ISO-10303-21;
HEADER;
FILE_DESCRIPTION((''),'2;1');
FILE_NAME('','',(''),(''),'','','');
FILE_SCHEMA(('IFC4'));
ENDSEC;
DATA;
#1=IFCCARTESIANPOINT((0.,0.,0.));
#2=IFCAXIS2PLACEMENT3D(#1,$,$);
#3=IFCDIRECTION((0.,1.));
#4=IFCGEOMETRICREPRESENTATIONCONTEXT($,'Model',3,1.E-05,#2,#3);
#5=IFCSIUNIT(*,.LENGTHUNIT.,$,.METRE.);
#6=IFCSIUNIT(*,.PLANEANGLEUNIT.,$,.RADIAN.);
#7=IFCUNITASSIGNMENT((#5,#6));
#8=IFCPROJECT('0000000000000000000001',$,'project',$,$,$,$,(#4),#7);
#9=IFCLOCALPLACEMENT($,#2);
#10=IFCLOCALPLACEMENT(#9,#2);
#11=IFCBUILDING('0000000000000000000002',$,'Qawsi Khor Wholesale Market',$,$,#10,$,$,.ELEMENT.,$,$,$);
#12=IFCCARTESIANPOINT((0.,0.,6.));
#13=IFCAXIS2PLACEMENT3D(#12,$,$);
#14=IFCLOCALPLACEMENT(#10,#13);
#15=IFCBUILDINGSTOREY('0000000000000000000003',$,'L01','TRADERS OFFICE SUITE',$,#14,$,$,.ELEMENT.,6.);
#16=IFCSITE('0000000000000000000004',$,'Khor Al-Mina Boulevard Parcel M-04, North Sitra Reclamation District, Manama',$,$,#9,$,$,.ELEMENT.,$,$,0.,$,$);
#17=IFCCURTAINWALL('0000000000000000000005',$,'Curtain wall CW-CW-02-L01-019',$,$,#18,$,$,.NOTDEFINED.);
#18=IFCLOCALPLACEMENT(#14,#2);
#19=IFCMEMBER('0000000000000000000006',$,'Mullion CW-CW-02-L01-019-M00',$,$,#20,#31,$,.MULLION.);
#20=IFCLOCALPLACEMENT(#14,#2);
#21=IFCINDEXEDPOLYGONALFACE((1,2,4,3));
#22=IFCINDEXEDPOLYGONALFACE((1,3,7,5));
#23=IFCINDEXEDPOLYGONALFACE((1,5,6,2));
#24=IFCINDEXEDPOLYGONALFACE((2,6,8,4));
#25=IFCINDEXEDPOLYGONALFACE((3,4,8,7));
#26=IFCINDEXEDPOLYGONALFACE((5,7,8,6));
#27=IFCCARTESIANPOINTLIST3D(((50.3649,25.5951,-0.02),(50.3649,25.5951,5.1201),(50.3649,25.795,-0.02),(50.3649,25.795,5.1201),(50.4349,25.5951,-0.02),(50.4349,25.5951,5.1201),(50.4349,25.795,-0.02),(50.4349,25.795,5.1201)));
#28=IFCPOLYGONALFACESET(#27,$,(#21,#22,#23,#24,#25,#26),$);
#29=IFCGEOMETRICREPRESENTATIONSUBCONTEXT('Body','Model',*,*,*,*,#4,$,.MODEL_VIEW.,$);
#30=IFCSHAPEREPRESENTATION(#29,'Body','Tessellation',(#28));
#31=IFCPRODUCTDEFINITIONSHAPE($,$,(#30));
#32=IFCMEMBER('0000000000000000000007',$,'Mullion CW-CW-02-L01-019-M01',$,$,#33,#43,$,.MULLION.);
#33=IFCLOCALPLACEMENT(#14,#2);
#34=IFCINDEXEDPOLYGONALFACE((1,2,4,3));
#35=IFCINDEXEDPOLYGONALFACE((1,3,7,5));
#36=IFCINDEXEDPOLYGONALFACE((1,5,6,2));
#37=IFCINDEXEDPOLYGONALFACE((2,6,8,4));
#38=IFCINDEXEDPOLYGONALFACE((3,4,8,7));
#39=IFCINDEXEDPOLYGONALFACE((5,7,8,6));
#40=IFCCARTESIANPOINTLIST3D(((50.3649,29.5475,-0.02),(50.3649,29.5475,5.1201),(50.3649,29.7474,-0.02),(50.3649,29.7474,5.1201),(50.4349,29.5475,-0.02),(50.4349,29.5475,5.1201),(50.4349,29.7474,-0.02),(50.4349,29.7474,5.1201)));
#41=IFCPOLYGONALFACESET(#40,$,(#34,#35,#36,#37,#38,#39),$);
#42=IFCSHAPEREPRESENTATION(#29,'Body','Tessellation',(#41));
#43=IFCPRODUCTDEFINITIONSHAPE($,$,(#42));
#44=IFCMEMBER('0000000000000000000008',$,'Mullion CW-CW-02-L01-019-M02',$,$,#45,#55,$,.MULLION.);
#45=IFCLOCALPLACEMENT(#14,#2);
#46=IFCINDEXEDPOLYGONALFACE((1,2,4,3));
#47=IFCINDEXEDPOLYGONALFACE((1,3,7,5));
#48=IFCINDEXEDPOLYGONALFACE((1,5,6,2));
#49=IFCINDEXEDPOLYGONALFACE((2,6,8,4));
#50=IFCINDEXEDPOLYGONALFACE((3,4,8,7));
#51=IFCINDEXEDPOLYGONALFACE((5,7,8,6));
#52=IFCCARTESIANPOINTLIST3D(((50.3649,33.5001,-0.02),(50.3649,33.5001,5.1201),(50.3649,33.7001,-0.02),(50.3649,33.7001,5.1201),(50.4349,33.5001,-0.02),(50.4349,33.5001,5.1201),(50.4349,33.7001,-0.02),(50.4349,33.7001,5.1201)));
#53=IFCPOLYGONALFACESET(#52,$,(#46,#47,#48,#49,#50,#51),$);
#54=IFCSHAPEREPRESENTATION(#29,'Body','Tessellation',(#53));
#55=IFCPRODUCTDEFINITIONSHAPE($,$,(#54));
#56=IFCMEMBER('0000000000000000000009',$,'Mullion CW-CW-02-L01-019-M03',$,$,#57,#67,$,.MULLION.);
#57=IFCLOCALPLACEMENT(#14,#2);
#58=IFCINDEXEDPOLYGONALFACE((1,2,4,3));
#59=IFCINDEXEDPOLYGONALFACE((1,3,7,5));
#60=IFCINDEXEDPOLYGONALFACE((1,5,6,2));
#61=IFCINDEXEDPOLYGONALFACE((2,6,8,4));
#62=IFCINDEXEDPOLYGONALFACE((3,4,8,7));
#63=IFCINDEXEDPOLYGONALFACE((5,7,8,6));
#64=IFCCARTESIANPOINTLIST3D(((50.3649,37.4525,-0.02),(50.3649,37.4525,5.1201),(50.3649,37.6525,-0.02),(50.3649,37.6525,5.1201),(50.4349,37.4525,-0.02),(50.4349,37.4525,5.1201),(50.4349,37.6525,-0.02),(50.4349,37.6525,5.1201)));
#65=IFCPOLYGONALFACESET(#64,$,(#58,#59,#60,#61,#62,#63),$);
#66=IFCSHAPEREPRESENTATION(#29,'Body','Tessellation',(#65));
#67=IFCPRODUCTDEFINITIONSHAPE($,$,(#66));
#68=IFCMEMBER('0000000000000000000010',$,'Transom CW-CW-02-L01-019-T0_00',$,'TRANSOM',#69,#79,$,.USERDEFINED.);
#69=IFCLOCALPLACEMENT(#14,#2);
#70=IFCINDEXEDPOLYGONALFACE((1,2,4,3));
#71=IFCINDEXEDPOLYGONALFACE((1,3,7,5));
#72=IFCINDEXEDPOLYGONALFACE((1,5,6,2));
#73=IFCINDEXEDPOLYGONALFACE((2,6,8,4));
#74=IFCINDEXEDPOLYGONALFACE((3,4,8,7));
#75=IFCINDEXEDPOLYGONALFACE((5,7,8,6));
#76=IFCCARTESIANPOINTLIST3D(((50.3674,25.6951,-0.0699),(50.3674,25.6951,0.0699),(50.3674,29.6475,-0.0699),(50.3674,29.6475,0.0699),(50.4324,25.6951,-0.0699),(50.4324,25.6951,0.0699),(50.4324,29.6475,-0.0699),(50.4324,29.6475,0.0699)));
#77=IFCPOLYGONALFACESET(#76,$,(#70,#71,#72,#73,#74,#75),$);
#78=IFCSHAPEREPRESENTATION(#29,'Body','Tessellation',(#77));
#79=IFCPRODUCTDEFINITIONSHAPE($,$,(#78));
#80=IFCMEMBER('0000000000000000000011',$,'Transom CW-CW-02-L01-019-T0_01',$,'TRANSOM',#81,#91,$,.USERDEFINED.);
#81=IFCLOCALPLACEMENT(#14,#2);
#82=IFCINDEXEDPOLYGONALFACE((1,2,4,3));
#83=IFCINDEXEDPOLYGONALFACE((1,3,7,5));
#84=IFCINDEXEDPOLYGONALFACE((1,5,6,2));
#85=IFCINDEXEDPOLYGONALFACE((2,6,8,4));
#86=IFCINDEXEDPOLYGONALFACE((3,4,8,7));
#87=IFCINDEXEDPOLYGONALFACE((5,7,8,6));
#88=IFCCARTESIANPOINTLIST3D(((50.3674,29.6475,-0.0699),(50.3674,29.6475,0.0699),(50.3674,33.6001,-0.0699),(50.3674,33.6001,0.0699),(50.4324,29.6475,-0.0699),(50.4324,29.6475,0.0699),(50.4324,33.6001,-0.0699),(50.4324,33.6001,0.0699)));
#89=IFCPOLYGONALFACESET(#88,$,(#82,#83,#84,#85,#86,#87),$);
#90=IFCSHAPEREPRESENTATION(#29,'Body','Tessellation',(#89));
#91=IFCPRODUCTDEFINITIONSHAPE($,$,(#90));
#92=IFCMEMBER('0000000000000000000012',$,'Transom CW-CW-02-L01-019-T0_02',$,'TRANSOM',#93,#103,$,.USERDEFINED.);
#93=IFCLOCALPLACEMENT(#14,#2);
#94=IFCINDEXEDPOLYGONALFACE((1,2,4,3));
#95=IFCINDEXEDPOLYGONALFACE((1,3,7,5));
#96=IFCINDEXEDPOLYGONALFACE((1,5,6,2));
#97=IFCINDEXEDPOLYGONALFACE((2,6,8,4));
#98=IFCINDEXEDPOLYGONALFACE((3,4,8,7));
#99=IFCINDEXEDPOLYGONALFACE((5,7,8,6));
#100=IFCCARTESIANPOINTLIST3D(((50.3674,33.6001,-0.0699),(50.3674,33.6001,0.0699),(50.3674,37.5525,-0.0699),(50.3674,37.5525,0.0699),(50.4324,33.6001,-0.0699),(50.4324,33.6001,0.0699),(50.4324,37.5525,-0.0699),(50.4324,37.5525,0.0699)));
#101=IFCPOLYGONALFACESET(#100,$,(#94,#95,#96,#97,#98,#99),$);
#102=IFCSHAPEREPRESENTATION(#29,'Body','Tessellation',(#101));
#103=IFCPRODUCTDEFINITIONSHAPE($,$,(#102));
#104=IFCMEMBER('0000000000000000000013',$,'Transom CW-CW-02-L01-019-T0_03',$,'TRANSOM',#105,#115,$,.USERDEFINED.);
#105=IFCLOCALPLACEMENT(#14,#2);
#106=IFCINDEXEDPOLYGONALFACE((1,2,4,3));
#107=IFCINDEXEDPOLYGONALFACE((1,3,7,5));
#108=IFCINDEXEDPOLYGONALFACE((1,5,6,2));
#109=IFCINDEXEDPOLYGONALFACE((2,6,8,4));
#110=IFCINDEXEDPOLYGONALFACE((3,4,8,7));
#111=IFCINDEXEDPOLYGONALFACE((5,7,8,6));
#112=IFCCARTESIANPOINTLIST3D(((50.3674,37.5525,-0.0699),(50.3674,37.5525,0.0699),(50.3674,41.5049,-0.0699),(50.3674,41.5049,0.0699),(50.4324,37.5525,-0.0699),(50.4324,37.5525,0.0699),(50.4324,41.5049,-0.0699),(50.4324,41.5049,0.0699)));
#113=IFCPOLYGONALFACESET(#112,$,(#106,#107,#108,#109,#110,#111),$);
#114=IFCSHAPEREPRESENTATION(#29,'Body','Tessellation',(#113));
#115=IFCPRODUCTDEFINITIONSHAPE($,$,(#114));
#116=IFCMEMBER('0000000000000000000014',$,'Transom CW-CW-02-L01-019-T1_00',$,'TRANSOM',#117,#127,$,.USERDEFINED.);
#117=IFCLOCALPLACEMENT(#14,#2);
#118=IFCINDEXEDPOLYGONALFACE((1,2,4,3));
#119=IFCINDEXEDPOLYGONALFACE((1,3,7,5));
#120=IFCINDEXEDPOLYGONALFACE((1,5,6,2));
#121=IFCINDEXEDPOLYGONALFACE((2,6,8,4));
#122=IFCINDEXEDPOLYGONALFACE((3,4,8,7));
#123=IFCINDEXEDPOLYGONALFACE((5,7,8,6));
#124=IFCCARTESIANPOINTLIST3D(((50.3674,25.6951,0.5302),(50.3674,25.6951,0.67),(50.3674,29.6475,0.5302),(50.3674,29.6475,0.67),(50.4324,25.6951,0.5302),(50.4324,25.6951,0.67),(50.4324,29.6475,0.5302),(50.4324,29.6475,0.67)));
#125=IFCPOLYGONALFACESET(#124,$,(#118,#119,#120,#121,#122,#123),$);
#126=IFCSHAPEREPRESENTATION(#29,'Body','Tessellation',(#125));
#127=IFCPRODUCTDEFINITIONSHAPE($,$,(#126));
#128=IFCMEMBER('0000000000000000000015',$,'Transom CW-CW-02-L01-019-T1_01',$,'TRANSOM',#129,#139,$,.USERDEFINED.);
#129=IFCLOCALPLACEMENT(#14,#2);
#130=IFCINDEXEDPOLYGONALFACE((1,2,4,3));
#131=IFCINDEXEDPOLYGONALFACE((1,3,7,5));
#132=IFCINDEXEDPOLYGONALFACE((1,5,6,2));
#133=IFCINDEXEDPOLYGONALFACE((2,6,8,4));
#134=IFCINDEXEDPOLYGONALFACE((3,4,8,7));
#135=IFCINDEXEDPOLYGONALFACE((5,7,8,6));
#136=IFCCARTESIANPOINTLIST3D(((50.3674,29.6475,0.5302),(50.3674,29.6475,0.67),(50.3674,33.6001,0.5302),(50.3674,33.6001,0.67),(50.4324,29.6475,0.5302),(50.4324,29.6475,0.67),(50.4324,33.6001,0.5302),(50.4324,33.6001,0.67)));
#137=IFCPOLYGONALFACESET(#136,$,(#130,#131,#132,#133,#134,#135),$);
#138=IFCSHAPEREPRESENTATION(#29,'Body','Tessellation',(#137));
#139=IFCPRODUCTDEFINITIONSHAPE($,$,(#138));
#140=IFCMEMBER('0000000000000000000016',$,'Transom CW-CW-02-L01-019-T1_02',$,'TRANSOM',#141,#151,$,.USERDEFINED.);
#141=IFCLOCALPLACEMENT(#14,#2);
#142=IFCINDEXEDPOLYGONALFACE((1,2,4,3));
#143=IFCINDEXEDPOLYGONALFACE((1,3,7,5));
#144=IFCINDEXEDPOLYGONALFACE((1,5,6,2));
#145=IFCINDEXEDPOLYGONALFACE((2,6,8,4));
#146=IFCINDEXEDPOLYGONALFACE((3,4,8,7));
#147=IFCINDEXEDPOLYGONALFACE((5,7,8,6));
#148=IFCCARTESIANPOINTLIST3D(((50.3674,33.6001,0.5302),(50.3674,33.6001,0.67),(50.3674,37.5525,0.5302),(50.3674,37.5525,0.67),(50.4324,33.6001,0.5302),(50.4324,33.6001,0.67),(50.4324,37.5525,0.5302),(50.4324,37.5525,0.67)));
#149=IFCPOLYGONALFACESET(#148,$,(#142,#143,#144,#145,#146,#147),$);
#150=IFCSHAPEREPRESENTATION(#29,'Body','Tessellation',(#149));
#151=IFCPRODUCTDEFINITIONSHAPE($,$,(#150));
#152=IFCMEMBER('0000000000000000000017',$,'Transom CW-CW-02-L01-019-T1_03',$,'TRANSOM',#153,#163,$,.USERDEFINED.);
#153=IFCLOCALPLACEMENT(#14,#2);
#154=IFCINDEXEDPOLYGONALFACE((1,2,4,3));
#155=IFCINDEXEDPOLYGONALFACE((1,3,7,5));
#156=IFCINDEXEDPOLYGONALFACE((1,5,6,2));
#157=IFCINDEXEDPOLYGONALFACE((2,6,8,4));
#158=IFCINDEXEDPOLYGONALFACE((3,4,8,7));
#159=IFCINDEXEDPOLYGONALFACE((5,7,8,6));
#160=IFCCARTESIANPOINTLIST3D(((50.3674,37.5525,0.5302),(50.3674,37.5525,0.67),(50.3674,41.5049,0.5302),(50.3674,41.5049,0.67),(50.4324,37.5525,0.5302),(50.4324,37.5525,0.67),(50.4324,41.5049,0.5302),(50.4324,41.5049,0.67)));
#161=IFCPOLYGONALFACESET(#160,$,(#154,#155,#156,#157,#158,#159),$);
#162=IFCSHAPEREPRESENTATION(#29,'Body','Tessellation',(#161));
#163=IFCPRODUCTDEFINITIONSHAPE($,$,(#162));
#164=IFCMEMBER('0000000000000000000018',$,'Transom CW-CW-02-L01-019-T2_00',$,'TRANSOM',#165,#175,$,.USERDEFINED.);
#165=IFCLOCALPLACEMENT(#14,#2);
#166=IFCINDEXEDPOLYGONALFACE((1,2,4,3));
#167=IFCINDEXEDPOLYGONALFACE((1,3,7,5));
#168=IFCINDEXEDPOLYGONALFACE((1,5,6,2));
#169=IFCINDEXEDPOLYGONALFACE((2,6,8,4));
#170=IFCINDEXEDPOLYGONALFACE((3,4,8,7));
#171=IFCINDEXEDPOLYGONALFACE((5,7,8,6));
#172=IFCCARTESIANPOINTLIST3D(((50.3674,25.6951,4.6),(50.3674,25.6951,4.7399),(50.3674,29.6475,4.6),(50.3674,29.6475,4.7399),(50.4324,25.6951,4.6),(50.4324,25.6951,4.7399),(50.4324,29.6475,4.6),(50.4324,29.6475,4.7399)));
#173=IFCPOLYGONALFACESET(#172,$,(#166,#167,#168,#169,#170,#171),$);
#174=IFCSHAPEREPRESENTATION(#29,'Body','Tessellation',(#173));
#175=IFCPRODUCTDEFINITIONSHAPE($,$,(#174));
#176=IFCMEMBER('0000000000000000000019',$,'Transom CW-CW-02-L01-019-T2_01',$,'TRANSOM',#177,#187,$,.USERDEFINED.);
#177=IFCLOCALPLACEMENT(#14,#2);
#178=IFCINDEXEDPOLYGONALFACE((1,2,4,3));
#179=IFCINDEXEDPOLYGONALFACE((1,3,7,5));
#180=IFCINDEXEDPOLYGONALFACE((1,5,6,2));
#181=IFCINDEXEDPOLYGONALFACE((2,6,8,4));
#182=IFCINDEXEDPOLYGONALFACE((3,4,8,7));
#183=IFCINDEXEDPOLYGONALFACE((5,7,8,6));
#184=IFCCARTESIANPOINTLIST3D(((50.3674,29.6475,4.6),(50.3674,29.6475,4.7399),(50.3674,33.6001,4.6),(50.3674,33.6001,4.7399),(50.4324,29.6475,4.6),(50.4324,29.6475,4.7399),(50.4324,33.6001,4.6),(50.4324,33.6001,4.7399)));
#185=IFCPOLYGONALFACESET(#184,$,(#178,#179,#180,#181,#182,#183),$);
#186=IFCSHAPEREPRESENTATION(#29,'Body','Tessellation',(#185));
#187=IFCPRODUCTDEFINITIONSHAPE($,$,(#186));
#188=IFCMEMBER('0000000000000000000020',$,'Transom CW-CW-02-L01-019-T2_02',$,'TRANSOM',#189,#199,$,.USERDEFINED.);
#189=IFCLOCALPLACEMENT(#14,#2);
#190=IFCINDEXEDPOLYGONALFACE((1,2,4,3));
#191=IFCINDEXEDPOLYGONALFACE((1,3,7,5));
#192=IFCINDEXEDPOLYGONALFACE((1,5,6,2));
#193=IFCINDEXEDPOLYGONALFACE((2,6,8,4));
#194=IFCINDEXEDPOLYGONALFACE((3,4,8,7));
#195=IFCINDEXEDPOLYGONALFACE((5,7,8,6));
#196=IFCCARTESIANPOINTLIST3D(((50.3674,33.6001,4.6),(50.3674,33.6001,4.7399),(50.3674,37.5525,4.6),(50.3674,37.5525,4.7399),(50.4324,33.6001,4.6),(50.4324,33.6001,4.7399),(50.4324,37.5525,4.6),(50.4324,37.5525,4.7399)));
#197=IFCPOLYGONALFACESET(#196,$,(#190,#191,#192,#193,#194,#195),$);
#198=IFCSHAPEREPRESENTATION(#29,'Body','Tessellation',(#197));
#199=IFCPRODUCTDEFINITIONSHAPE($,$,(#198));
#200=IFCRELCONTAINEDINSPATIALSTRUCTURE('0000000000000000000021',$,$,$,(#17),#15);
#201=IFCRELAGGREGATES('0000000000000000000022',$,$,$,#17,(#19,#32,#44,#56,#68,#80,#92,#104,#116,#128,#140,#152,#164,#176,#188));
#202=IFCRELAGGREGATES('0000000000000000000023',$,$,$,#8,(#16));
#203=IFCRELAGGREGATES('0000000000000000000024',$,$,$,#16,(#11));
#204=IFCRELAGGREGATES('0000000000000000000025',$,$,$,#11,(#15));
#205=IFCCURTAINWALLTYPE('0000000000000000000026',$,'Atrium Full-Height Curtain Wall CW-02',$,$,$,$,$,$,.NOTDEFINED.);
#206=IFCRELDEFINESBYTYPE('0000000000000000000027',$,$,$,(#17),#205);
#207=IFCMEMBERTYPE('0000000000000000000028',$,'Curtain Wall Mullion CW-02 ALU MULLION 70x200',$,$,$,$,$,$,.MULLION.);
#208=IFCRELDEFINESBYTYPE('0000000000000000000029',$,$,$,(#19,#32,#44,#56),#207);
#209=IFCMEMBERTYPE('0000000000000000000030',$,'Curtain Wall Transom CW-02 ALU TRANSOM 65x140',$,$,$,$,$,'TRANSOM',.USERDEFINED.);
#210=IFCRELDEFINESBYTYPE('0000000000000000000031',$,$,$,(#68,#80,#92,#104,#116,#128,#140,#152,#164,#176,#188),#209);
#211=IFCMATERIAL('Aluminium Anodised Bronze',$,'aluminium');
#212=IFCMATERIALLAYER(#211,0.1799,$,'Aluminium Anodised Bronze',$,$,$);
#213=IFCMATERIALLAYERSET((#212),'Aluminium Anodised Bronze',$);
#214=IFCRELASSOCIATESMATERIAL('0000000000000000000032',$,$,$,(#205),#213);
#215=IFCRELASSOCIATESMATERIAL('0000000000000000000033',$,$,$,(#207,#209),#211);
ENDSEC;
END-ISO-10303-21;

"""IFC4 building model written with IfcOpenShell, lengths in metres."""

from ifc_helpers import new_model, si_unit, direction, frame, origin, origin_2d, place, context, subcontext, project, spatial, rectangle, extrude, material, layer, layer_set, material_profile, profile_set, type_object, element, aggregate, save


model = new_model("IFC4")

# Units and contexts
model_context = context("Model", 3, precision=1e-05, world=origin(), true_north=direction((0.0, 1.0)))
body_context = subcontext(model_context, "Body", "Model", "MODEL_VIEW")
ifc_project = project(units=[si_unit("LENGTHUNIT", "METRE"), si_unit("PLANEANGLEUNIT", "RADIAN")], contexts=[model_context])

# Site, building, storey
site_placement = place(None, origin())
site = spatial("IfcSite", under=ifc_project, at=site_placement, Name="Khor Al-Mina Boulevard Parcel M-04, North Sitra Reclamation District, Manama", CompositionType="ELEMENT", RefElevation=0.0)
building_placement = place(site_placement, origin())
building = spatial("IfcBuilding", under=site, at=building_placement, Name="Qawsi Khor Wholesale Market", CompositionType="ELEMENT")
storey_placement = place(building_placement, frame((0.0, 0.0, 6.0)))
storey = spatial("IfcBuildingStorey", under=building, at=storey_placement, Name="L01", Description="TRADERS OFFICE SUITE", CompositionType="ELEMENT", Elevation=6.0)

# Curtain wall, members
ifc_material_1 = material(Name="Aluminium Anodised Bronze", Category="aluminium")
ifc_layer_1 = layer(ifc_material_1, 0.1799, Name="Aluminium Anodised Bronze")
ifc_layer_set_1 = layer_set([ifc_layer_1], Name="Aluminium Anodised Bronze")
curtain_wall_type = type_object("IfcCurtainWallType", Name="Atrium Full-Height Curtain Wall CW-02", PredefinedType="NOTDEFINED", material=ifc_layer_set_1)
curtain_wall_placement = place(storey_placement, origin())
curtain_wall = element("IfcCurtainWall", 1, at=curtain_wall_placement, inside=storey, type_object=curtain_wall_type, Name="Curtain wall CW-CW-02-L01-019", PredefinedType="NOTDEFINED")
ifc_material_profile_1 = material_profile(ifc_material_1, rectangle(XDim=0.0701, YDim=0.2, at=origin_2d()), Name="ALU MULLION 70x200")
ifc_profile_set_1 = profile_set([ifc_material_profile_1], Name="Aluminium Anodised Bronze")
member_type_1 = type_object("IfcMemberType", Name="Curtain Wall Mullion CW-02 ALU MULLION 70x200", PredefinedType="MULLION", material=ifc_profile_set_1)
member_1_placement = place(storey_placement, frame((50.3999, 25.6951, -0.02), z_axis=(0.0, 0.0, 1.0), x_axis=(1.0, 0.0, 0.0)))
member_1 = element("IfcMember", 2, at=member_1_placement, type_object=member_type_1, Name="Mullion CW-CW-02-L01-019-M00", PredefinedType="MULLION", context=body_context, shape_type="SweptSolid", body=[
    extrude(rectangle(XDim=0.0701, YDim=0.2, at=origin_2d()), origin(), (0.0, 0.0, 1.0), 5.1401),
])
member_2_placement = place(storey_placement, frame((50.3999, 29.6475, -0.02), z_axis=(0.0, 0.0, 1.0), x_axis=(1.0, 0.0, 0.0)))
member_2 = element("IfcMember", 3, at=member_2_placement, type_object=member_type_1, Name="Mullion CW-CW-02-L01-019-M01", PredefinedType="MULLION", context=body_context, shape_type="SweptSolid", body=[
    extrude(rectangle(XDim=0.0701, YDim=0.2, at=origin_2d()), origin(), (0.0, 0.0, 1.0), 5.1401),
])
member_3_placement = place(storey_placement, frame((50.3999, 33.6001, -0.02), z_axis=(0.0, 0.0, 1.0), x_axis=(1.0, 0.0, 0.0)))
member_3 = element("IfcMember", 4, at=member_3_placement, type_object=member_type_1, Name="Mullion CW-CW-02-L01-019-M02", PredefinedType="MULLION", context=body_context, shape_type="SweptSolid", body=[
    extrude(rectangle(XDim=0.0701, YDim=0.2, at=origin_2d()), origin(), (0.0, 0.0, 1.0), 5.1401),
])
member_4_placement = place(storey_placement, frame((50.3999, 37.5525, -0.02), z_axis=(0.0, 0.0, 1.0), x_axis=(1.0, 0.0, 0.0)))
member_4 = element("IfcMember", 5, at=member_4_placement, type_object=member_type_1, Name="Mullion CW-CW-02-L01-019-M03", PredefinedType="MULLION", context=body_context, shape_type="SweptSolid", body=[
    extrude(rectangle(XDim=0.0701, YDim=0.2, at=origin_2d()), origin(), (0.0, 0.0, 1.0), 5.1401),
])
ifc_material_profile_2 = material_profile(ifc_material_1, rectangle(XDim=0.0649, YDim=0.1399, at=origin_2d()), Name="ALU TRANSOM 65x140")
ifc_profile_set_2 = profile_set([ifc_material_profile_2], Name="Aluminium Anodised Bronze")
member_type_2 = type_object("IfcMemberType", Name="Curtain Wall Transom CW-02 ALU TRANSOM 65x140", ElementType="TRANSOM", PredefinedType="USERDEFINED", material=ifc_profile_set_2)
member_5_placement = place(storey_placement, frame((50.3999, 25.6951, 0.0), z_axis=(0.0, 1.0, 0.0), x_axis=(-1.0, 0.0, 0.0)))
member_5 = element("IfcMember", 6, at=member_5_placement, type_object=member_type_2, Name="Transom CW-CW-02-L01-019-T0_00", ObjectType="TRANSOM", PredefinedType="USERDEFINED", context=body_context, shape_type="SweptSolid", body=[
    extrude(rectangle(XDim=0.0649, YDim=0.1399, at=origin_2d()), origin(), (0.0, 0.0, 1.0), 3.9524),
])
member_6_placement = place(storey_placement, frame((50.3999, 29.6475, 0.0), z_axis=(0.0, 1.0, 0.0), x_axis=(-1.0, 0.0, 0.0)))
member_6 = element("IfcMember", 7, at=member_6_placement, type_object=member_type_2, Name="Transom CW-CW-02-L01-019-T0_01", ObjectType="TRANSOM", PredefinedType="USERDEFINED", context=body_context, shape_type="SweptSolid", body=[
    extrude(rectangle(XDim=0.0649, YDim=0.1399, at=origin_2d()), origin(), (0.0, 0.0, 1.0), 3.9526),
])
member_7_placement = place(storey_placement, frame((50.3999, 33.6001, 0.0), z_axis=(0.0, 1.0, 0.0), x_axis=(-1.0, 0.0, 0.0)))
member_7 = element("IfcMember", 8, at=member_7_placement, type_object=member_type_2, Name="Transom CW-CW-02-L01-019-T0_02", ObjectType="TRANSOM", PredefinedType="USERDEFINED", context=body_context, shape_type="SweptSolid", body=[
    extrude(rectangle(XDim=0.0649, YDim=0.1399, at=origin_2d()), origin(), (0.0, 0.0, 1.0), 3.9524),
])
member_8_placement = place(storey_placement, frame((50.3999, 37.5525, 0.0), z_axis=(0.0, 1.0, 0.0), x_axis=(-1.0, 0.0, 0.0)))
member_8 = element("IfcMember", 9, at=member_8_placement, type_object=member_type_2, Name="Transom CW-CW-02-L01-019-T0_03", ObjectType="TRANSOM", PredefinedType="USERDEFINED", context=body_context, shape_type="SweptSolid", body=[
    extrude(rectangle(XDim=0.0649, YDim=0.1399, at=origin_2d()), origin(), (0.0, 0.0, 1.0), 3.9524),
])
member_9_placement = place(storey_placement, frame((50.3999, 25.6951, 0.6001), z_axis=(0.0, 1.0, 0.0), x_axis=(-1.0, 0.0, 0.0)))
member_9 = element("IfcMember", 10, at=member_9_placement, type_object=member_type_2, Name="Transom CW-CW-02-L01-019-T1_00", ObjectType="TRANSOM", PredefinedType="USERDEFINED", context=body_context, shape_type="SweptSolid", body=[
    extrude(rectangle(XDim=0.0649, YDim=0.1399, at=origin_2d()), origin(), (0.0, 0.0, 1.0), 3.9524),
])
member_10_placement = place(storey_placement, frame((50.3999, 29.6475, 0.6001), z_axis=(0.0, 1.0, 0.0), x_axis=(-1.0, 0.0, 0.0)))
member_10 = element("IfcMember", 11, at=member_10_placement, type_object=member_type_2, Name="Transom CW-CW-02-L01-019-T1_01", ObjectType="TRANSOM", PredefinedType="USERDEFINED", context=body_context, shape_type="SweptSolid", body=[
    extrude(rectangle(XDim=0.0649, YDim=0.1399, at=origin_2d()), origin(), (0.0, 0.0, 1.0), 3.9526),
])
member_11_placement = place(storey_placement, frame((50.3999, 33.6001, 0.6001), z_axis=(0.0, 1.0, 0.0), x_axis=(-1.0, 0.0, 0.0)))
member_11 = element("IfcMember", 12, at=member_11_placement, type_object=member_type_2, Name="Transom CW-CW-02-L01-019-T1_02", ObjectType="TRANSOM", PredefinedType="USERDEFINED", context=body_context, shape_type="SweptSolid", body=[
    extrude(rectangle(XDim=0.0649, YDim=0.1399, at=origin_2d()), origin(), (0.0, 0.0, 1.0), 3.9524),
])
member_12_placement = place(storey_placement, frame((50.3999, 37.5525, 0.6001), z_axis=(0.0, 1.0, 0.0), x_axis=(-1.0, 0.0, 0.0)))
member_12 = element("IfcMember", 13, at=member_12_placement, type_object=member_type_2, Name="Transom CW-CW-02-L01-019-T1_03", ObjectType="TRANSOM", PredefinedType="USERDEFINED", context=body_context, shape_type="SweptSolid", body=[
    extrude(rectangle(XDim=0.0649, YDim=0.1399, at=origin_2d()), origin(), (0.0, 0.0, 1.0), 3.9524),
])
member_13_placement = place(storey_placement, frame((50.3999, 25.6951, 4.6699), z_axis=(0.0, 1.0, 0.0), x_axis=(-1.0, 0.0, 0.0)))
member_13 = element("IfcMember", 14, at=member_13_placement, type_object=member_type_2, Name="Transom CW-CW-02-L01-019-T2_00", ObjectType="TRANSOM", PredefinedType="USERDEFINED", context=body_context, shape_type="SweptSolid", body=[
    extrude(rectangle(XDim=0.0649, YDim=0.1399, at=origin_2d()), origin(), (0.0, 0.0, 1.0), 3.9524),
])
member_14_placement = place(storey_placement, frame((50.3999, 29.6475, 4.6699), z_axis=(0.0, 1.0, 0.0), x_axis=(-1.0, 0.0, 0.0)))
member_14 = element("IfcMember", 15, at=member_14_placement, type_object=member_type_2, Name="Transom CW-CW-02-L01-019-T2_01", ObjectType="TRANSOM", PredefinedType="USERDEFINED", context=body_context, shape_type="SweptSolid", body=[
    extrude(rectangle(XDim=0.0649, YDim=0.1399, at=origin_2d()), origin(), (0.0, 0.0, 1.0), 3.9526),
])
member_15_placement = place(storey_placement, frame((50.3999, 33.6001, 4.6699), z_axis=(0.0, 1.0, 0.0), x_axis=(-1.0, 0.0, 0.0)))
member_15 = element("IfcMember", 16, at=member_15_placement, type_object=member_type_2, Name="Transom CW-CW-02-L01-019-T2_02", ObjectType="TRANSOM", PredefinedType="USERDEFINED", context=body_context, shape_type="SweptSolid", body=[
    extrude(rectangle(XDim=0.0649, YDim=0.1399, at=origin_2d()), origin(), (0.0, 0.0, 1.0), 3.9524),
])

aggregate(curtain_wall, [member_1, member_2, member_3, member_4, member_5, member_6, member_7, member_8, member_9, member_10, member_11, member_12, member_13, member_14, member_15])

save(model, "model.ifc")
